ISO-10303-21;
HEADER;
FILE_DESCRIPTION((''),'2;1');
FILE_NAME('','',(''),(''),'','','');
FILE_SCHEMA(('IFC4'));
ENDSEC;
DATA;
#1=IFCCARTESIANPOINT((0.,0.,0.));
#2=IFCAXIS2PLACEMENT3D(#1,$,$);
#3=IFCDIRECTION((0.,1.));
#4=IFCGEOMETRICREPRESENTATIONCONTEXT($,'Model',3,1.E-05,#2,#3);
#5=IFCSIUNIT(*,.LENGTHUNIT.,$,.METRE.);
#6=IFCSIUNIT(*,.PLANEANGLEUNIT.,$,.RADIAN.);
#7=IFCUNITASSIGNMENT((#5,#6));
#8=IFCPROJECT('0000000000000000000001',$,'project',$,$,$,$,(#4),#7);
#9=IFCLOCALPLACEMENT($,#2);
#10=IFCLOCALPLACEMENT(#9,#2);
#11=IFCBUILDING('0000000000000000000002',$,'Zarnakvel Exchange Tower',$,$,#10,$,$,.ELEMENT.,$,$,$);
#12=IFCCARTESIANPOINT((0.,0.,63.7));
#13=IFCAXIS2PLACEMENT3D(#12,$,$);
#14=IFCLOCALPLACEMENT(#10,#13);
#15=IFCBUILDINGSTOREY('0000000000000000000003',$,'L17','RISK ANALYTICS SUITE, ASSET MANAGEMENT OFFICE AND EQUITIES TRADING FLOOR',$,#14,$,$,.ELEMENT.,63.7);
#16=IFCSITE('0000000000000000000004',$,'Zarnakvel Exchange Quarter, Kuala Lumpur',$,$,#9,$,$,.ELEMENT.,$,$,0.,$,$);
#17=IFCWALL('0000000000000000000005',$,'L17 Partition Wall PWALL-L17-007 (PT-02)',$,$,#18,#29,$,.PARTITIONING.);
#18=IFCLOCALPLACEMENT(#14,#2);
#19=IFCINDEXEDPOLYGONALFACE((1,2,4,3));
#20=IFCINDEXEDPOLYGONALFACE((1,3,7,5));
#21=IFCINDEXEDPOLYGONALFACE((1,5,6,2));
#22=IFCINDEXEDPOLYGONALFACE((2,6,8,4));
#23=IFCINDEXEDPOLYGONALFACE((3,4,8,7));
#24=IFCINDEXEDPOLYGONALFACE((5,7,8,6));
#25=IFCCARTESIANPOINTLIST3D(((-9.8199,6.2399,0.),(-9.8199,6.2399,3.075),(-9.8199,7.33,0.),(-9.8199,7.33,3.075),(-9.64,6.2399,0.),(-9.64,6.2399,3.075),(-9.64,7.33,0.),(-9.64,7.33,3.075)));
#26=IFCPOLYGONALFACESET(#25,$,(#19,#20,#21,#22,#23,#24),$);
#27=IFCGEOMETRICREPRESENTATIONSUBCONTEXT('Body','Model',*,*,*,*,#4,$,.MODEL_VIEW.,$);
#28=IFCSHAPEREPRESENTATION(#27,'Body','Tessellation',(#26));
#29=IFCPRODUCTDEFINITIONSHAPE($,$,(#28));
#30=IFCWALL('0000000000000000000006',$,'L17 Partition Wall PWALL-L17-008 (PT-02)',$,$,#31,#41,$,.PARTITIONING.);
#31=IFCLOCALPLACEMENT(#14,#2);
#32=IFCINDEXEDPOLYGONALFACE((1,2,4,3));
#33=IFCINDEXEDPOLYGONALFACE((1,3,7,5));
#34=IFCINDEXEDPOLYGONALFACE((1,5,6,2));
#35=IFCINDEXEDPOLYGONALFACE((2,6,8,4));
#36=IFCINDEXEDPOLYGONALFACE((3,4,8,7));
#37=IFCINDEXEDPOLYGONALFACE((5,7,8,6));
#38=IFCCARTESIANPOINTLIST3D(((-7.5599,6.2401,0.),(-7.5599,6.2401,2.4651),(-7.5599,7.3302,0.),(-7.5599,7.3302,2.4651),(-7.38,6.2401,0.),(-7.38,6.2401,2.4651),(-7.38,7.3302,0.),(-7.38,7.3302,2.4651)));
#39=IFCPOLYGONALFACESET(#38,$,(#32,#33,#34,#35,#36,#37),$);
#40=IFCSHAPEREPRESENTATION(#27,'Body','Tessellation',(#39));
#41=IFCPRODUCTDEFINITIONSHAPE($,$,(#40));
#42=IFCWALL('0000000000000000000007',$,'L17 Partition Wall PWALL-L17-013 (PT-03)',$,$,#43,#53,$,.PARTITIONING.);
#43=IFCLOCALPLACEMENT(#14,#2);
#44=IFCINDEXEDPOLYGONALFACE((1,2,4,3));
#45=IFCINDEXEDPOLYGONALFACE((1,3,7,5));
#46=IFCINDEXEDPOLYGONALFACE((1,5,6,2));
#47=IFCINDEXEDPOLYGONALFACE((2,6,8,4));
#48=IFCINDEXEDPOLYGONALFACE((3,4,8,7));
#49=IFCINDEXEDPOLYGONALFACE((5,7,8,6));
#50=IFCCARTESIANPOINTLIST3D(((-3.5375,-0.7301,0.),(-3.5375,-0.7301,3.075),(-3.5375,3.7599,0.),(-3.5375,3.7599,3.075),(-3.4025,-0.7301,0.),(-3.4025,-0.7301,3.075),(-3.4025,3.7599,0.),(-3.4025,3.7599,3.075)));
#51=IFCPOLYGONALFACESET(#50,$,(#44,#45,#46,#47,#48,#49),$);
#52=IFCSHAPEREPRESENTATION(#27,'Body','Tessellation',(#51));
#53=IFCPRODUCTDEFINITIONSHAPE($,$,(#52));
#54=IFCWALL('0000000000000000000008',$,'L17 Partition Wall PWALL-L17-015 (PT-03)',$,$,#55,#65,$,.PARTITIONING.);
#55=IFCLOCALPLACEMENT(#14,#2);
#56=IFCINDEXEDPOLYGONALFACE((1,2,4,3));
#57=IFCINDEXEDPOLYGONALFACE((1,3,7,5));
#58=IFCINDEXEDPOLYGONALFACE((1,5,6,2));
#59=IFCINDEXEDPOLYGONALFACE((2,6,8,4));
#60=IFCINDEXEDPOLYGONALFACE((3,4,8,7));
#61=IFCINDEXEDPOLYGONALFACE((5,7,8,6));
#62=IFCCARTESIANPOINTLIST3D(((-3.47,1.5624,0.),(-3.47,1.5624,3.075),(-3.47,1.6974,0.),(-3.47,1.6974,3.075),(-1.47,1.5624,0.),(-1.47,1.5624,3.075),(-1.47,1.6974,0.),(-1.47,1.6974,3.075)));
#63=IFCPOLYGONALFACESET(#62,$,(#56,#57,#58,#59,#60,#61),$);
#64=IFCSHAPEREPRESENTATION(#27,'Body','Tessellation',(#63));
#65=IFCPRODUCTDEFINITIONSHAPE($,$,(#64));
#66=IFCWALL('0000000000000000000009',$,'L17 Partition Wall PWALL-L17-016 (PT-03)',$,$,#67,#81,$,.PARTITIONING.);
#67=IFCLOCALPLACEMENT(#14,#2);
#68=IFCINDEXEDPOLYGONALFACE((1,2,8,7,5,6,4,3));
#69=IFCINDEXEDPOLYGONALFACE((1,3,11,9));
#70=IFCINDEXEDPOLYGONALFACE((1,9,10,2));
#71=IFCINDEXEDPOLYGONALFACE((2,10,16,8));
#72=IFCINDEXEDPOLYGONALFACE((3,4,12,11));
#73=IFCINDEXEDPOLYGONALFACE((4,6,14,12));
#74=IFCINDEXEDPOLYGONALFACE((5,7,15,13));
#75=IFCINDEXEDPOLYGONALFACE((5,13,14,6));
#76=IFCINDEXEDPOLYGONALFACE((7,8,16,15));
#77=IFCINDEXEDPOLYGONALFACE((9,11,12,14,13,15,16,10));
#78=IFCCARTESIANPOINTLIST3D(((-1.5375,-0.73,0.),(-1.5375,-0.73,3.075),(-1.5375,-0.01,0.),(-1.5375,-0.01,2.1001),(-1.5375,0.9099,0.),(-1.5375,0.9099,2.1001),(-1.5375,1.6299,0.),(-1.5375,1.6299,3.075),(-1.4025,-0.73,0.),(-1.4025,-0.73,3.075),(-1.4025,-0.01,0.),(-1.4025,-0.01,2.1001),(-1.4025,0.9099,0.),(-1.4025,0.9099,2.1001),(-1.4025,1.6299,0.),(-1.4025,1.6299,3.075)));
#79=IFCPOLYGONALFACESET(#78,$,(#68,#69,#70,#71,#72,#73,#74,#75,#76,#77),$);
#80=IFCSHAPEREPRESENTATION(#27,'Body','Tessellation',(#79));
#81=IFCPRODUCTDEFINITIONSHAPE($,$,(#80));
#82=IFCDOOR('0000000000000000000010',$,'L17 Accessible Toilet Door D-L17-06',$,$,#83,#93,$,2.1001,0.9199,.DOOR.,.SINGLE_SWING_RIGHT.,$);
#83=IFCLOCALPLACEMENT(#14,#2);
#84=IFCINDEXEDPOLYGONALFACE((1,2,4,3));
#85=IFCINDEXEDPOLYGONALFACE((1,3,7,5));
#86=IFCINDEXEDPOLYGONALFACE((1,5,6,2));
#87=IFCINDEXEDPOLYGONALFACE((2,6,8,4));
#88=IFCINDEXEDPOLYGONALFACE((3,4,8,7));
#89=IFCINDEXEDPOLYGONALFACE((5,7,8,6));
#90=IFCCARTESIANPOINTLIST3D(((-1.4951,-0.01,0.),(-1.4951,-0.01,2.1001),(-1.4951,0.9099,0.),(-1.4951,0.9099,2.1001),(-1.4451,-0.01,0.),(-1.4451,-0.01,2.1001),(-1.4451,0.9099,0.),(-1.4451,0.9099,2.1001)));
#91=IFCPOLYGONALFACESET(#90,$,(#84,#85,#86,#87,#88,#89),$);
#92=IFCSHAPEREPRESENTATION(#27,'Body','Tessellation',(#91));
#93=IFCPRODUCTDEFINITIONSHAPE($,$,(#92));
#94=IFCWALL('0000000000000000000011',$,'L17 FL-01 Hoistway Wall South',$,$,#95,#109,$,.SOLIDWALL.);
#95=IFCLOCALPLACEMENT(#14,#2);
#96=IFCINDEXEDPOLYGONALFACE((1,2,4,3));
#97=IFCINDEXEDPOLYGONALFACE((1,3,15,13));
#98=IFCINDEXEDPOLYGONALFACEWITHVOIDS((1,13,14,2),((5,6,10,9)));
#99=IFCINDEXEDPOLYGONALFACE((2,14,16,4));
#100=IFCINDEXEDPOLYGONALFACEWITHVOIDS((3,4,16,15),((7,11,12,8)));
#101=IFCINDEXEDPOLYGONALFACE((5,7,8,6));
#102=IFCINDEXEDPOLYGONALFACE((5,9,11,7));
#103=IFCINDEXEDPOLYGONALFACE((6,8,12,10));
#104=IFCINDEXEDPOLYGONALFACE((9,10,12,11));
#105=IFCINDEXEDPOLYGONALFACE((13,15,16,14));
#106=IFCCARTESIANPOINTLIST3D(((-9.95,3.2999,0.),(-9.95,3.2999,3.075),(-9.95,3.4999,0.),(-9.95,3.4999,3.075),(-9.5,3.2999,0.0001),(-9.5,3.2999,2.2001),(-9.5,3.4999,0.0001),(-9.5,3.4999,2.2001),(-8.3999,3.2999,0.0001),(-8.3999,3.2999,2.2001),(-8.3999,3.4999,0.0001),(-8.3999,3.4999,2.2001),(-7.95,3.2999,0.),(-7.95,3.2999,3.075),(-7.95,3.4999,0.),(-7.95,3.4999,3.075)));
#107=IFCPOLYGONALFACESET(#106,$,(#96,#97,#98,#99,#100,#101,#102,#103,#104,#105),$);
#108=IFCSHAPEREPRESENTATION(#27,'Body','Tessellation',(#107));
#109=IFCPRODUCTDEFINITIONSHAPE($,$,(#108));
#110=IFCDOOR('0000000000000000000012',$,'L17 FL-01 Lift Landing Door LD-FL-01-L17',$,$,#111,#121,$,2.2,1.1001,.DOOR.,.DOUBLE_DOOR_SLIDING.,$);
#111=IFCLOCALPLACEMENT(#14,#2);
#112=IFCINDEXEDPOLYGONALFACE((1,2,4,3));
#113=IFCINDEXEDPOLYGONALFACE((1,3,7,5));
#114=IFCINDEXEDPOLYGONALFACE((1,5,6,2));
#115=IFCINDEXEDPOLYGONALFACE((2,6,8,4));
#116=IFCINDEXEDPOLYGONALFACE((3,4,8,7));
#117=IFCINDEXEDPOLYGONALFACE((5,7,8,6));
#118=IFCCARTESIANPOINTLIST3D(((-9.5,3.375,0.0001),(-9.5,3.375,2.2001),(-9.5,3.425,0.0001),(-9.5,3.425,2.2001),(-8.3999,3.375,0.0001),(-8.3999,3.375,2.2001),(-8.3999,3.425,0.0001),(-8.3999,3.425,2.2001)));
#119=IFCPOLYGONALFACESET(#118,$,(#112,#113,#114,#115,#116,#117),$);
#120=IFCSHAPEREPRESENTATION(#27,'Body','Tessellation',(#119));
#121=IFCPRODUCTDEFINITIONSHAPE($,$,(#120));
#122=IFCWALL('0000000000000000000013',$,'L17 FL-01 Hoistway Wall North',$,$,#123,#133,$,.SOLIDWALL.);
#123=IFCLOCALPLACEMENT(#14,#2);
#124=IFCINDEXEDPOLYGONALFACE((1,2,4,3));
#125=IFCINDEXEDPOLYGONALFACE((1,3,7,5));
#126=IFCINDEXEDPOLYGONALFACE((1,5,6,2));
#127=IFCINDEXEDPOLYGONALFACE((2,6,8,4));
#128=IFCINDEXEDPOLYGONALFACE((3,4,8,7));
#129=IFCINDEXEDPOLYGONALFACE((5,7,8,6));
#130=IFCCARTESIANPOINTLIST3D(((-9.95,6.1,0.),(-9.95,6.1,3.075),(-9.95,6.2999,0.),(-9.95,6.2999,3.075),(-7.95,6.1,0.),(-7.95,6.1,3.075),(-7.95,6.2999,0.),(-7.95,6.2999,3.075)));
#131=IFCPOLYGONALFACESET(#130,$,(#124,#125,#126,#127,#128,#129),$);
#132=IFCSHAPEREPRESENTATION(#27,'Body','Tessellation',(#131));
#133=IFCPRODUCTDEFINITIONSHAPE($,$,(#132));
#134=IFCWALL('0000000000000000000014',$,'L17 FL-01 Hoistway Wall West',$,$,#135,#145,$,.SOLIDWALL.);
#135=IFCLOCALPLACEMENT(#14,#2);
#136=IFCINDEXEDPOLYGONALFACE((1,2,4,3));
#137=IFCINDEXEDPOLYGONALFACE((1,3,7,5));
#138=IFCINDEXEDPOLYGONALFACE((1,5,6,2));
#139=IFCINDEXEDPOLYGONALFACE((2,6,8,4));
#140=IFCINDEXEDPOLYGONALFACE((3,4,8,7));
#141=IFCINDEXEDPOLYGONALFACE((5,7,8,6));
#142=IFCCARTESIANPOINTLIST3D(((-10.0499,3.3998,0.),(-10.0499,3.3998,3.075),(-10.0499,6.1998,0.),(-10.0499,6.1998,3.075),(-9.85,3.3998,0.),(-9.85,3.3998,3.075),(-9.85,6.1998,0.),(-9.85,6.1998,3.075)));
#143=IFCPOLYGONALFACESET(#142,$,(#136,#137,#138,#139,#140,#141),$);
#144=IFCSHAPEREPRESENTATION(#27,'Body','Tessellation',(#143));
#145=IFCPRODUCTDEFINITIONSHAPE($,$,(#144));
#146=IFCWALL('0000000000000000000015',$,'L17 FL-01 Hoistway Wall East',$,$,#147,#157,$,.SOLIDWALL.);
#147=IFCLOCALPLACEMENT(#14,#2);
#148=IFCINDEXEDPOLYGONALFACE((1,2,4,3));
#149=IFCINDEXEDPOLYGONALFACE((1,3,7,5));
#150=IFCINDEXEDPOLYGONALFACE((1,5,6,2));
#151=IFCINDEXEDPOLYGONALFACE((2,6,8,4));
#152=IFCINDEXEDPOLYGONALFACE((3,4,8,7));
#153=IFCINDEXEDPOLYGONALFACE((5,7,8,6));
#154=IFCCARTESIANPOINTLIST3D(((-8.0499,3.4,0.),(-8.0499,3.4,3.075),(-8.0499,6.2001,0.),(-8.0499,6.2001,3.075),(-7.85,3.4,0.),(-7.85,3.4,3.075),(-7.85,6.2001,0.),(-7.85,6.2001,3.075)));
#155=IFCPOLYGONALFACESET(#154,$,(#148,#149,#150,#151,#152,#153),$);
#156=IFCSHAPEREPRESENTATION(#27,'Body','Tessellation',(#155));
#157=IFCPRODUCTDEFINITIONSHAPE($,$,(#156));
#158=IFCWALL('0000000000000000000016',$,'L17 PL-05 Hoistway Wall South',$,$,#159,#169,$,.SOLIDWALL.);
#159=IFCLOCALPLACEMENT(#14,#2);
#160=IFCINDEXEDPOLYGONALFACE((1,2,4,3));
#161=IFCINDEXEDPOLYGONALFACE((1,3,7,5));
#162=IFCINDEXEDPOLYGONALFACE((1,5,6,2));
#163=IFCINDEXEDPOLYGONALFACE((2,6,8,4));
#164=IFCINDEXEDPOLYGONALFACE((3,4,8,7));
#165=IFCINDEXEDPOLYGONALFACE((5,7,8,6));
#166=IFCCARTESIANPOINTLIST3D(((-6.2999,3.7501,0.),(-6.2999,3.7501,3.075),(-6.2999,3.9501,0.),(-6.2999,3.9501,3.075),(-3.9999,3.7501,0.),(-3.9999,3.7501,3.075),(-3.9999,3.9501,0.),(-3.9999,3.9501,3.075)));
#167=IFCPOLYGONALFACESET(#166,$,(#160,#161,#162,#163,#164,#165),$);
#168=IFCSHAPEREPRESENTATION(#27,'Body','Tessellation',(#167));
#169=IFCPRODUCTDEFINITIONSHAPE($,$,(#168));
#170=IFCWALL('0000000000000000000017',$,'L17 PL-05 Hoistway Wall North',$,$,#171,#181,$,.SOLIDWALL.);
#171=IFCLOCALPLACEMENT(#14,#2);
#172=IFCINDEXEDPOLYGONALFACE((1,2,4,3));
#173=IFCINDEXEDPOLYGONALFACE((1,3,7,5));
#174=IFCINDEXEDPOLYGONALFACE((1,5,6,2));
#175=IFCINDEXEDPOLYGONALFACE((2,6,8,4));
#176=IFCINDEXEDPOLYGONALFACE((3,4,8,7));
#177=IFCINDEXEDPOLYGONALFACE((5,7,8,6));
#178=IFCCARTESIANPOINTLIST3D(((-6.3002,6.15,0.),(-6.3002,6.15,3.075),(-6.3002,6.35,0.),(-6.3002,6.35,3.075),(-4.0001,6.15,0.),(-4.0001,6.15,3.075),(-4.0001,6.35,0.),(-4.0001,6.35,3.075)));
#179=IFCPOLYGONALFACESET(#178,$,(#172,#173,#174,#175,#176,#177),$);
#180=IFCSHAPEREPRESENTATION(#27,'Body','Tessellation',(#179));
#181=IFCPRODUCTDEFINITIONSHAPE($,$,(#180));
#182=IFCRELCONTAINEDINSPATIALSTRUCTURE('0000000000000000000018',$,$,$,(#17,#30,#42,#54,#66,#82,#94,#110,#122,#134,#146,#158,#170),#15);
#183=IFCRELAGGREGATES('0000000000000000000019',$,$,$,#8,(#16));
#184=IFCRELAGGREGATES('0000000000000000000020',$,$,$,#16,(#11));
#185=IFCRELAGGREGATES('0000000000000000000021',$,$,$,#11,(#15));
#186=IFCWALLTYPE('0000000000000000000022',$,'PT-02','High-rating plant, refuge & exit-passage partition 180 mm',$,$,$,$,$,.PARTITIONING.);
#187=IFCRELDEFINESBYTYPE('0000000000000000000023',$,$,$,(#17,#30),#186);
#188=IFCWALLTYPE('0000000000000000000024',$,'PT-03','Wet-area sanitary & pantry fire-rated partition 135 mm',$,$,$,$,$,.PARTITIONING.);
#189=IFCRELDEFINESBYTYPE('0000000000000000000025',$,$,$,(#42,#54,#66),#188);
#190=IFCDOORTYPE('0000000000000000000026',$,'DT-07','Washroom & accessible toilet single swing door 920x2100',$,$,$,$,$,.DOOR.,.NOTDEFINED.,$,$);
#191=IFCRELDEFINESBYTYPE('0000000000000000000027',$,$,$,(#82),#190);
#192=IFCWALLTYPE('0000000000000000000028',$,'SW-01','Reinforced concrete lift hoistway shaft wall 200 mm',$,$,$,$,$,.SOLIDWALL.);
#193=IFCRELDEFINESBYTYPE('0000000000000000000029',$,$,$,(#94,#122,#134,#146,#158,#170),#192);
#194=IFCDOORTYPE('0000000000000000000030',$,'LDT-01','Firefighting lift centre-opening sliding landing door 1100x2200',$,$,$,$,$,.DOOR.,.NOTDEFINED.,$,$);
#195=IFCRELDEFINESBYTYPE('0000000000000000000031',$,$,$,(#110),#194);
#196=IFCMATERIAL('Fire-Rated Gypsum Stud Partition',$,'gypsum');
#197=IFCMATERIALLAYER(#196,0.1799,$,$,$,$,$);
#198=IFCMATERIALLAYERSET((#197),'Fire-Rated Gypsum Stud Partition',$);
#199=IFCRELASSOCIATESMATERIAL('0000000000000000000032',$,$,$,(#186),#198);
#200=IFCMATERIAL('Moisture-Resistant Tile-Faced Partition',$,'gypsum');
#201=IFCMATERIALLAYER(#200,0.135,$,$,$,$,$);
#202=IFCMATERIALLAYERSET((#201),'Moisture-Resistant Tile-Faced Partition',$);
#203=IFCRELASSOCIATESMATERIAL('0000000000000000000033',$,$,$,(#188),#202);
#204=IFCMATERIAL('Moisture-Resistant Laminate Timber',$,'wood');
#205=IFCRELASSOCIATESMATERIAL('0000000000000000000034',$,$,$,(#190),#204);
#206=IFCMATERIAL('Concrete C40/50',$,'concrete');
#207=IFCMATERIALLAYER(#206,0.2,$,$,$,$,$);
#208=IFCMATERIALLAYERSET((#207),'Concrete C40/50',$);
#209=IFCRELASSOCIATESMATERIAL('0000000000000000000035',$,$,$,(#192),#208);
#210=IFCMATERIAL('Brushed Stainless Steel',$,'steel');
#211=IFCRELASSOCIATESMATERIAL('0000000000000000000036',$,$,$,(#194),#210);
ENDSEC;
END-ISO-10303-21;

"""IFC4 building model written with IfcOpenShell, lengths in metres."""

from ifc_helpers import new_model, si_unit, direction, frame, frame_2d, origin, place, context, subcontext, project, spatial, rectangle, extrude, source, transform, mapped, material, layer, layer_set, type_object, element, fill, save


model = new_model("IFC4")

# Units and contexts
model_context = context("Model", 3, precision=1e-05, world=origin(), true_north=direction((0.0, 1.0)))
body_context = subcontext(model_context, "Body", "Model", "MODEL_VIEW")
ifc_project = project(units=[si_unit("LENGTHUNIT", "METRE"), si_unit("PLANEANGLEUNIT", "RADIAN")], contexts=[model_context])

# Site, building, storey
site_placement = place(None, origin())
site = spatial("IfcSite", under=ifc_project, at=site_placement, Name="Zarnakvel Exchange Quarter, Kuala Lumpur", CompositionType="ELEMENT", RefElevation=0.0)
building_placement = place(site_placement, origin())
building = spatial("IfcBuilding", under=site, at=building_placement, Name="Zarnakvel Exchange Tower", CompositionType="ELEMENT")
storey_placement = place(building_placement, frame((0.0, 0.0, 63.7)))
storey = spatial("IfcBuildingStorey", under=building, at=storey_placement, Name="L17", Description="RISK ANALYTICS SUITE, ASSET MANAGEMENT OFFICE AND EQUITIES TRADING FLOOR", CompositionType="ELEMENT", Elevation=63.7)

# Walls
ifc_material_1 = material(Name="Fire-Rated Gypsum Stud Partition", Category="gypsum")
ifc_layer_1 = layer(ifc_material_1, 0.1799)
ifc_layer_set_1 = layer_set([ifc_layer_1], Name="Fire-Rated Gypsum Stud Partition")
wall_type_1 = type_object("IfcWallType", Name="PT-02", Description="High-rating plant, refuge & exit-passage partition 180 mm", PredefinedType="PARTITIONING", material=ifc_layer_set_1)
wall_1_placement = place(storey_placement, frame((-9.73, 6.24, 0.0), z_axis=(0.0, 0.0, 1.0), x_axis=(0.0, 1.0, 0.0)))
element("IfcWall", 1, at=wall_1_placement, inside=storey, type_object=wall_type_1, Name="L17 Partition Wall PWALL-L17-007 (PT-02)", PredefinedType="PARTITIONING", context=body_context, shape_type="SweptSolid", body=[
    extrude(rectangle(XDim=1.0901, YDim=0.1799, at=frame_2d((0.5449, 0.0))), origin(), (0.0, 0.0, 1.0), 3.075),
])
wall_2_placement = place(storey_placement, frame((-7.47, 7.3301, 0.0), z_axis=(0.0, 0.0, 1.0), x_axis=(0.0, -1.0, 0.0)))
element("IfcWall", 2, at=wall_2_placement, inside=storey, type_object=wall_type_1, Name="L17 Partition Wall PWALL-L17-008 (PT-02)", PredefinedType="PARTITIONING", context=body_context, shape_type="SweptSolid", body=[
    extrude(rectangle(XDim=1.0901, YDim=0.1799, at=frame_2d((0.5449, 0.0))), origin(), (0.0, 0.0, 1.0), 2.4651),
])
ifc_material_2 = material(Name="Moisture-Resistant Tile-Faced Partition", Category="gypsum")
ifc_layer_2 = layer(ifc_material_2, 0.135)
ifc_layer_set_2 = layer_set([ifc_layer_2], Name="Moisture-Resistant Tile-Faced Partition")
wall_type_2 = type_object("IfcWallType", Name="PT-03", Description="Wet-area sanitary & pantry fire-rated partition 135 mm", PredefinedType="PARTITIONING", material=ifc_layer_set_2)
wall_3_placement = place(storey_placement, frame((-3.47, 3.76, 0.0), z_axis=(0.0, 0.0, 1.0), x_axis=(0.0, -1.0, 0.0)))
element("IfcWall", 3, at=wall_3_placement, inside=storey, type_object=wall_type_2, Name="L17 Partition Wall PWALL-L17-013 (PT-03)", PredefinedType="PARTITIONING", context=body_context, shape_type="SweptSolid", body=[
    extrude(rectangle(XDim=4.49, YDim=0.135, at=frame_2d((2.2451, 0.0))), origin(), (0.0, 0.0, 1.0), 3.075),
])
wall_4_placement = place(storey_placement, frame((-3.47, 1.6299, 0.0), z_axis=(0.0, 0.0, 1.0), x_axis=(1.0, 0.0, 0.0)))
element("IfcWall", 4, at=wall_4_placement, inside=storey, type_object=wall_type_2, Name="L17 Partition Wall PWALL-L17-015 (PT-03)", PredefinedType="PARTITIONING", context=body_context, shape_type="SweptSolid", body=[
    extrude(rectangle(XDim=2.0, YDim=0.135, at=frame_2d((1.0, 0.0))), origin(), (0.0, 0.0, 1.0), 3.075),
])

# Walls, openings, doors
wall_5_placement = place(storey_placement, frame((-1.47, 1.6299, 0.0), z_axis=(0.0, 0.0, 1.0), x_axis=(0.0, -1.0, 0.0)))
wall_5 = element("IfcWall", 5, at=wall_5_placement, inside=storey, type_object=wall_type_2, Name="L17 Partition Wall PWALL-L17-016 (PT-03)", PredefinedType="PARTITIONING", context=body_context, shape_type="SweptSolid", body=[
    extrude(rectangle(XDim=2.3599, YDim=0.135, at=frame_2d((1.1799, 0.0))), origin(), (0.0, 0.0, 1.0), 3.075),
])
opening_1_placement = place(wall_5_placement, frame((0.72, 0.0, 0.0)))
opening_1 = element("IfcOpeningElement", 6, at=opening_1_placement, cuts=wall_5, PredefinedType="OPENING", context=body_context, shape_type="SweptSolid", body=[
    extrude(rectangle(XDim=0.9199, YDim=2.1001, at=frame_2d((0.46, 1.05))), frame((0.0, 0.0774, 0.0), z_axis=(0.0, -1.0, 0.0), x_axis=(1.0, 0.0, 0.0)), (0.0, 0.0, 1.0), 0.155),
])
ifc_material_3 = material(Name="Moisture-Resistant Laminate Timber", Category="wood")
door_type_1 = type_object("IfcDoorType", Name="DT-07", Description="Washroom & accessible toilet single swing door 920x2100", OperationType="NOTDEFINED", PredefinedType="DOOR", material=ifc_material_3)
shared_shape_1 = source(origin(), body_context, "Body", "SweptSolid", [
    extrude(rectangle(XDim=0.9199, YDim=2.1001, at=frame_2d((0.46, 1.05))), frame((0.0, 0.0249, 0.0), z_axis=(0.0, -1.0, 0.0), x_axis=(1.0, 0.0, 0.0)), (0.0, 0.0, 1.0), 0.05),
])
door_1_placement = place(opening_1_placement, origin())
door_1 = element("IfcDoor", 7, at=door_1_placement, inside=storey, type_object=door_type_1, Name="L17 Accessible Toilet Door D-L17-06", OperationType="SINGLE_SWING_RIGHT", OverallHeight=2.1001, OverallWidth=0.9199, PredefinedType="DOOR", context=body_context, shape_type="MappedRepresentation", body=[
    mapped(shared_shape_1, transform((0.0, 0.0, 0.0), x_axis=(1.0, 0.0, 0.0), y_axis=(0.0, 1.0, 0.0), z_axis=(0.0, 0.0, 1.0), scale=1.0)),
])
fill(opening_1, door_1)
ifc_material_4 = material(Name="Concrete C40/50", Category="concrete")
ifc_layer_3 = layer(ifc_material_4, 0.2)
ifc_layer_set_3 = layer_set([ifc_layer_3], Name="Concrete C40/50")
wall_type_3 = type_object("IfcWallType", Name="SW-01", Description="Reinforced concrete lift hoistway shaft wall 200 mm", PredefinedType="SOLIDWALL", material=ifc_layer_set_3)
wall_6_placement = place(storey_placement, frame((-7.95, 3.3999, 0.0), z_axis=(0.0, 0.0, 1.0), x_axis=(-1.0, 0.0, 0.0)))
wall_6 = element("IfcWall", 8, at=wall_6_placement, inside=storey, type_object=wall_type_3, Name="L17 FL-01 Hoistway Wall South", PredefinedType="SOLIDWALL", context=body_context, shape_type="SweptSolid", body=[
    extrude(rectangle(XDim=2.0, YDim=0.2, at=frame_2d((1.0, 0.0))), origin(), (0.0, 0.0, 1.0), 3.075),
])
opening_2_placement = place(wall_6_placement, frame((0.45, 0.0, 0.0)))
opening_2 = element("IfcOpeningElement", 9, at=opening_2_placement, cuts=wall_6, PredefinedType="OPENING", context=body_context, shape_type="SweptSolid", body=[
    extrude(rectangle(XDim=1.1001, YDim=2.2, at=frame_2d((0.55, 1.1001))), frame((0.0, 0.1099, 0.0), z_axis=(0.0, -1.0, 0.0), x_axis=(1.0, 0.0, 0.0)), (0.0, 0.0, 1.0), 0.22),
])
ifc_material_5 = material(Name="Brushed Stainless Steel", Category="steel")
door_type_2 = type_object("IfcDoorType", Name="LDT-01", Description="Firefighting lift centre-opening sliding landing door 1100x2200", OperationType="NOTDEFINED", PredefinedType="DOOR", material=ifc_material_5)
shared_shape_2 = source(origin(), body_context, "Body", "SweptSolid", [
    extrude(rectangle(XDim=1.1001, YDim=2.2, at=frame_2d((0.55, 1.1001))), frame((0.0, 0.0249, 0.0), z_axis=(0.0, -1.0, 0.0), x_axis=(1.0, 0.0, 0.0)), (0.0, 0.0, 1.0), 0.05),
])
door_2_placement = place(opening_2_placement, origin())
door_2 = element("IfcDoor", 10, at=door_2_placement, inside=storey, type_object=door_type_2, Name="L17 FL-01 Lift Landing Door LD-FL-01-L17", OperationType="DOUBLE_DOOR_SLIDING", OverallHeight=2.2, OverallWidth=1.1001, PredefinedType="DOOR", context=body_context, shape_type="MappedRepresentation", body=[
    mapped(shared_shape_2, transform((0.0, 0.0, 0.0), x_axis=(1.0, 0.0, 0.0), y_axis=(0.0, 1.0, 0.0), z_axis=(0.0, 0.0, 1.0), scale=1.0)),
])
fill(opening_2, door_2)

# Walls
wall_7_placement = place(storey_placement, frame((-9.95, 6.2, 0.0), z_axis=(0.0, 0.0, 1.0), x_axis=(1.0, 0.0, 0.0)))
element("IfcWall", 11, at=wall_7_placement, inside=storey, type_object=wall_type_3, Name="L17 FL-01 Hoistway Wall North", PredefinedType="SOLIDWALL", context=body_context, shape_type="SweptSolid", body=[
    extrude(rectangle(XDim=2.0, YDim=0.2, at=frame_2d((1.0, 0.0))), origin(), (0.0, 0.0, 1.0), 3.075),
])
for number, where, z_axis, x_axis, name in (
    (12, (-9.95, 3.3999, 0.0), (0.0, 0.0, 1.0), (0.0, 1.0, 0.0), "L17 FL-01 Hoistway Wall West"),
    (13, (-7.95, 6.2, 0.0), (0.0, 0.0, 1.0), (0.0, -1.0, 0.0), "L17 FL-01 Hoistway Wall East"),
):
    element("IfcWall", number, at=place(storey_placement, frame(where, z_axis=z_axis, x_axis=x_axis)), inside=storey, type_object=wall_type_3, Name=name, PredefinedType="SOLIDWALL", context=body_context, shape_type="SweptSolid", body=[
        extrude(rectangle(XDim=2.8, YDim=0.2, at=frame_2d((1.3999, 0.0))), origin(), (0.0, 0.0, 1.0), 3.075),
    ])
for number, where, z_axis, x_axis, name in (
    (14, (-4.0, 3.8501, 0.0), (0.0, 0.0, 1.0), (-1.0, 0.0, 0.0), "L17 PL-05 Hoistway Wall South"),
    (15, (-6.3, 6.25, 0.0), (0.0, 0.0, 1.0), (1.0, 0.0, 0.0), "L17 PL-05 Hoistway Wall North"),
):
    element("IfcWall", number, at=place(storey_placement, frame(where, z_axis=z_axis, x_axis=x_axis)), inside=storey, type_object=wall_type_3, Name=name, PredefinedType="SOLIDWALL", context=body_context, shape_type="SweptSolid", body=[
        extrude(rectangle(XDim=2.3, YDim=0.2, at=frame_2d((1.1499, 0.0))), origin(), (0.0, 0.0, 1.0), 3.075),
    ])

save(model, "model.ifc")
